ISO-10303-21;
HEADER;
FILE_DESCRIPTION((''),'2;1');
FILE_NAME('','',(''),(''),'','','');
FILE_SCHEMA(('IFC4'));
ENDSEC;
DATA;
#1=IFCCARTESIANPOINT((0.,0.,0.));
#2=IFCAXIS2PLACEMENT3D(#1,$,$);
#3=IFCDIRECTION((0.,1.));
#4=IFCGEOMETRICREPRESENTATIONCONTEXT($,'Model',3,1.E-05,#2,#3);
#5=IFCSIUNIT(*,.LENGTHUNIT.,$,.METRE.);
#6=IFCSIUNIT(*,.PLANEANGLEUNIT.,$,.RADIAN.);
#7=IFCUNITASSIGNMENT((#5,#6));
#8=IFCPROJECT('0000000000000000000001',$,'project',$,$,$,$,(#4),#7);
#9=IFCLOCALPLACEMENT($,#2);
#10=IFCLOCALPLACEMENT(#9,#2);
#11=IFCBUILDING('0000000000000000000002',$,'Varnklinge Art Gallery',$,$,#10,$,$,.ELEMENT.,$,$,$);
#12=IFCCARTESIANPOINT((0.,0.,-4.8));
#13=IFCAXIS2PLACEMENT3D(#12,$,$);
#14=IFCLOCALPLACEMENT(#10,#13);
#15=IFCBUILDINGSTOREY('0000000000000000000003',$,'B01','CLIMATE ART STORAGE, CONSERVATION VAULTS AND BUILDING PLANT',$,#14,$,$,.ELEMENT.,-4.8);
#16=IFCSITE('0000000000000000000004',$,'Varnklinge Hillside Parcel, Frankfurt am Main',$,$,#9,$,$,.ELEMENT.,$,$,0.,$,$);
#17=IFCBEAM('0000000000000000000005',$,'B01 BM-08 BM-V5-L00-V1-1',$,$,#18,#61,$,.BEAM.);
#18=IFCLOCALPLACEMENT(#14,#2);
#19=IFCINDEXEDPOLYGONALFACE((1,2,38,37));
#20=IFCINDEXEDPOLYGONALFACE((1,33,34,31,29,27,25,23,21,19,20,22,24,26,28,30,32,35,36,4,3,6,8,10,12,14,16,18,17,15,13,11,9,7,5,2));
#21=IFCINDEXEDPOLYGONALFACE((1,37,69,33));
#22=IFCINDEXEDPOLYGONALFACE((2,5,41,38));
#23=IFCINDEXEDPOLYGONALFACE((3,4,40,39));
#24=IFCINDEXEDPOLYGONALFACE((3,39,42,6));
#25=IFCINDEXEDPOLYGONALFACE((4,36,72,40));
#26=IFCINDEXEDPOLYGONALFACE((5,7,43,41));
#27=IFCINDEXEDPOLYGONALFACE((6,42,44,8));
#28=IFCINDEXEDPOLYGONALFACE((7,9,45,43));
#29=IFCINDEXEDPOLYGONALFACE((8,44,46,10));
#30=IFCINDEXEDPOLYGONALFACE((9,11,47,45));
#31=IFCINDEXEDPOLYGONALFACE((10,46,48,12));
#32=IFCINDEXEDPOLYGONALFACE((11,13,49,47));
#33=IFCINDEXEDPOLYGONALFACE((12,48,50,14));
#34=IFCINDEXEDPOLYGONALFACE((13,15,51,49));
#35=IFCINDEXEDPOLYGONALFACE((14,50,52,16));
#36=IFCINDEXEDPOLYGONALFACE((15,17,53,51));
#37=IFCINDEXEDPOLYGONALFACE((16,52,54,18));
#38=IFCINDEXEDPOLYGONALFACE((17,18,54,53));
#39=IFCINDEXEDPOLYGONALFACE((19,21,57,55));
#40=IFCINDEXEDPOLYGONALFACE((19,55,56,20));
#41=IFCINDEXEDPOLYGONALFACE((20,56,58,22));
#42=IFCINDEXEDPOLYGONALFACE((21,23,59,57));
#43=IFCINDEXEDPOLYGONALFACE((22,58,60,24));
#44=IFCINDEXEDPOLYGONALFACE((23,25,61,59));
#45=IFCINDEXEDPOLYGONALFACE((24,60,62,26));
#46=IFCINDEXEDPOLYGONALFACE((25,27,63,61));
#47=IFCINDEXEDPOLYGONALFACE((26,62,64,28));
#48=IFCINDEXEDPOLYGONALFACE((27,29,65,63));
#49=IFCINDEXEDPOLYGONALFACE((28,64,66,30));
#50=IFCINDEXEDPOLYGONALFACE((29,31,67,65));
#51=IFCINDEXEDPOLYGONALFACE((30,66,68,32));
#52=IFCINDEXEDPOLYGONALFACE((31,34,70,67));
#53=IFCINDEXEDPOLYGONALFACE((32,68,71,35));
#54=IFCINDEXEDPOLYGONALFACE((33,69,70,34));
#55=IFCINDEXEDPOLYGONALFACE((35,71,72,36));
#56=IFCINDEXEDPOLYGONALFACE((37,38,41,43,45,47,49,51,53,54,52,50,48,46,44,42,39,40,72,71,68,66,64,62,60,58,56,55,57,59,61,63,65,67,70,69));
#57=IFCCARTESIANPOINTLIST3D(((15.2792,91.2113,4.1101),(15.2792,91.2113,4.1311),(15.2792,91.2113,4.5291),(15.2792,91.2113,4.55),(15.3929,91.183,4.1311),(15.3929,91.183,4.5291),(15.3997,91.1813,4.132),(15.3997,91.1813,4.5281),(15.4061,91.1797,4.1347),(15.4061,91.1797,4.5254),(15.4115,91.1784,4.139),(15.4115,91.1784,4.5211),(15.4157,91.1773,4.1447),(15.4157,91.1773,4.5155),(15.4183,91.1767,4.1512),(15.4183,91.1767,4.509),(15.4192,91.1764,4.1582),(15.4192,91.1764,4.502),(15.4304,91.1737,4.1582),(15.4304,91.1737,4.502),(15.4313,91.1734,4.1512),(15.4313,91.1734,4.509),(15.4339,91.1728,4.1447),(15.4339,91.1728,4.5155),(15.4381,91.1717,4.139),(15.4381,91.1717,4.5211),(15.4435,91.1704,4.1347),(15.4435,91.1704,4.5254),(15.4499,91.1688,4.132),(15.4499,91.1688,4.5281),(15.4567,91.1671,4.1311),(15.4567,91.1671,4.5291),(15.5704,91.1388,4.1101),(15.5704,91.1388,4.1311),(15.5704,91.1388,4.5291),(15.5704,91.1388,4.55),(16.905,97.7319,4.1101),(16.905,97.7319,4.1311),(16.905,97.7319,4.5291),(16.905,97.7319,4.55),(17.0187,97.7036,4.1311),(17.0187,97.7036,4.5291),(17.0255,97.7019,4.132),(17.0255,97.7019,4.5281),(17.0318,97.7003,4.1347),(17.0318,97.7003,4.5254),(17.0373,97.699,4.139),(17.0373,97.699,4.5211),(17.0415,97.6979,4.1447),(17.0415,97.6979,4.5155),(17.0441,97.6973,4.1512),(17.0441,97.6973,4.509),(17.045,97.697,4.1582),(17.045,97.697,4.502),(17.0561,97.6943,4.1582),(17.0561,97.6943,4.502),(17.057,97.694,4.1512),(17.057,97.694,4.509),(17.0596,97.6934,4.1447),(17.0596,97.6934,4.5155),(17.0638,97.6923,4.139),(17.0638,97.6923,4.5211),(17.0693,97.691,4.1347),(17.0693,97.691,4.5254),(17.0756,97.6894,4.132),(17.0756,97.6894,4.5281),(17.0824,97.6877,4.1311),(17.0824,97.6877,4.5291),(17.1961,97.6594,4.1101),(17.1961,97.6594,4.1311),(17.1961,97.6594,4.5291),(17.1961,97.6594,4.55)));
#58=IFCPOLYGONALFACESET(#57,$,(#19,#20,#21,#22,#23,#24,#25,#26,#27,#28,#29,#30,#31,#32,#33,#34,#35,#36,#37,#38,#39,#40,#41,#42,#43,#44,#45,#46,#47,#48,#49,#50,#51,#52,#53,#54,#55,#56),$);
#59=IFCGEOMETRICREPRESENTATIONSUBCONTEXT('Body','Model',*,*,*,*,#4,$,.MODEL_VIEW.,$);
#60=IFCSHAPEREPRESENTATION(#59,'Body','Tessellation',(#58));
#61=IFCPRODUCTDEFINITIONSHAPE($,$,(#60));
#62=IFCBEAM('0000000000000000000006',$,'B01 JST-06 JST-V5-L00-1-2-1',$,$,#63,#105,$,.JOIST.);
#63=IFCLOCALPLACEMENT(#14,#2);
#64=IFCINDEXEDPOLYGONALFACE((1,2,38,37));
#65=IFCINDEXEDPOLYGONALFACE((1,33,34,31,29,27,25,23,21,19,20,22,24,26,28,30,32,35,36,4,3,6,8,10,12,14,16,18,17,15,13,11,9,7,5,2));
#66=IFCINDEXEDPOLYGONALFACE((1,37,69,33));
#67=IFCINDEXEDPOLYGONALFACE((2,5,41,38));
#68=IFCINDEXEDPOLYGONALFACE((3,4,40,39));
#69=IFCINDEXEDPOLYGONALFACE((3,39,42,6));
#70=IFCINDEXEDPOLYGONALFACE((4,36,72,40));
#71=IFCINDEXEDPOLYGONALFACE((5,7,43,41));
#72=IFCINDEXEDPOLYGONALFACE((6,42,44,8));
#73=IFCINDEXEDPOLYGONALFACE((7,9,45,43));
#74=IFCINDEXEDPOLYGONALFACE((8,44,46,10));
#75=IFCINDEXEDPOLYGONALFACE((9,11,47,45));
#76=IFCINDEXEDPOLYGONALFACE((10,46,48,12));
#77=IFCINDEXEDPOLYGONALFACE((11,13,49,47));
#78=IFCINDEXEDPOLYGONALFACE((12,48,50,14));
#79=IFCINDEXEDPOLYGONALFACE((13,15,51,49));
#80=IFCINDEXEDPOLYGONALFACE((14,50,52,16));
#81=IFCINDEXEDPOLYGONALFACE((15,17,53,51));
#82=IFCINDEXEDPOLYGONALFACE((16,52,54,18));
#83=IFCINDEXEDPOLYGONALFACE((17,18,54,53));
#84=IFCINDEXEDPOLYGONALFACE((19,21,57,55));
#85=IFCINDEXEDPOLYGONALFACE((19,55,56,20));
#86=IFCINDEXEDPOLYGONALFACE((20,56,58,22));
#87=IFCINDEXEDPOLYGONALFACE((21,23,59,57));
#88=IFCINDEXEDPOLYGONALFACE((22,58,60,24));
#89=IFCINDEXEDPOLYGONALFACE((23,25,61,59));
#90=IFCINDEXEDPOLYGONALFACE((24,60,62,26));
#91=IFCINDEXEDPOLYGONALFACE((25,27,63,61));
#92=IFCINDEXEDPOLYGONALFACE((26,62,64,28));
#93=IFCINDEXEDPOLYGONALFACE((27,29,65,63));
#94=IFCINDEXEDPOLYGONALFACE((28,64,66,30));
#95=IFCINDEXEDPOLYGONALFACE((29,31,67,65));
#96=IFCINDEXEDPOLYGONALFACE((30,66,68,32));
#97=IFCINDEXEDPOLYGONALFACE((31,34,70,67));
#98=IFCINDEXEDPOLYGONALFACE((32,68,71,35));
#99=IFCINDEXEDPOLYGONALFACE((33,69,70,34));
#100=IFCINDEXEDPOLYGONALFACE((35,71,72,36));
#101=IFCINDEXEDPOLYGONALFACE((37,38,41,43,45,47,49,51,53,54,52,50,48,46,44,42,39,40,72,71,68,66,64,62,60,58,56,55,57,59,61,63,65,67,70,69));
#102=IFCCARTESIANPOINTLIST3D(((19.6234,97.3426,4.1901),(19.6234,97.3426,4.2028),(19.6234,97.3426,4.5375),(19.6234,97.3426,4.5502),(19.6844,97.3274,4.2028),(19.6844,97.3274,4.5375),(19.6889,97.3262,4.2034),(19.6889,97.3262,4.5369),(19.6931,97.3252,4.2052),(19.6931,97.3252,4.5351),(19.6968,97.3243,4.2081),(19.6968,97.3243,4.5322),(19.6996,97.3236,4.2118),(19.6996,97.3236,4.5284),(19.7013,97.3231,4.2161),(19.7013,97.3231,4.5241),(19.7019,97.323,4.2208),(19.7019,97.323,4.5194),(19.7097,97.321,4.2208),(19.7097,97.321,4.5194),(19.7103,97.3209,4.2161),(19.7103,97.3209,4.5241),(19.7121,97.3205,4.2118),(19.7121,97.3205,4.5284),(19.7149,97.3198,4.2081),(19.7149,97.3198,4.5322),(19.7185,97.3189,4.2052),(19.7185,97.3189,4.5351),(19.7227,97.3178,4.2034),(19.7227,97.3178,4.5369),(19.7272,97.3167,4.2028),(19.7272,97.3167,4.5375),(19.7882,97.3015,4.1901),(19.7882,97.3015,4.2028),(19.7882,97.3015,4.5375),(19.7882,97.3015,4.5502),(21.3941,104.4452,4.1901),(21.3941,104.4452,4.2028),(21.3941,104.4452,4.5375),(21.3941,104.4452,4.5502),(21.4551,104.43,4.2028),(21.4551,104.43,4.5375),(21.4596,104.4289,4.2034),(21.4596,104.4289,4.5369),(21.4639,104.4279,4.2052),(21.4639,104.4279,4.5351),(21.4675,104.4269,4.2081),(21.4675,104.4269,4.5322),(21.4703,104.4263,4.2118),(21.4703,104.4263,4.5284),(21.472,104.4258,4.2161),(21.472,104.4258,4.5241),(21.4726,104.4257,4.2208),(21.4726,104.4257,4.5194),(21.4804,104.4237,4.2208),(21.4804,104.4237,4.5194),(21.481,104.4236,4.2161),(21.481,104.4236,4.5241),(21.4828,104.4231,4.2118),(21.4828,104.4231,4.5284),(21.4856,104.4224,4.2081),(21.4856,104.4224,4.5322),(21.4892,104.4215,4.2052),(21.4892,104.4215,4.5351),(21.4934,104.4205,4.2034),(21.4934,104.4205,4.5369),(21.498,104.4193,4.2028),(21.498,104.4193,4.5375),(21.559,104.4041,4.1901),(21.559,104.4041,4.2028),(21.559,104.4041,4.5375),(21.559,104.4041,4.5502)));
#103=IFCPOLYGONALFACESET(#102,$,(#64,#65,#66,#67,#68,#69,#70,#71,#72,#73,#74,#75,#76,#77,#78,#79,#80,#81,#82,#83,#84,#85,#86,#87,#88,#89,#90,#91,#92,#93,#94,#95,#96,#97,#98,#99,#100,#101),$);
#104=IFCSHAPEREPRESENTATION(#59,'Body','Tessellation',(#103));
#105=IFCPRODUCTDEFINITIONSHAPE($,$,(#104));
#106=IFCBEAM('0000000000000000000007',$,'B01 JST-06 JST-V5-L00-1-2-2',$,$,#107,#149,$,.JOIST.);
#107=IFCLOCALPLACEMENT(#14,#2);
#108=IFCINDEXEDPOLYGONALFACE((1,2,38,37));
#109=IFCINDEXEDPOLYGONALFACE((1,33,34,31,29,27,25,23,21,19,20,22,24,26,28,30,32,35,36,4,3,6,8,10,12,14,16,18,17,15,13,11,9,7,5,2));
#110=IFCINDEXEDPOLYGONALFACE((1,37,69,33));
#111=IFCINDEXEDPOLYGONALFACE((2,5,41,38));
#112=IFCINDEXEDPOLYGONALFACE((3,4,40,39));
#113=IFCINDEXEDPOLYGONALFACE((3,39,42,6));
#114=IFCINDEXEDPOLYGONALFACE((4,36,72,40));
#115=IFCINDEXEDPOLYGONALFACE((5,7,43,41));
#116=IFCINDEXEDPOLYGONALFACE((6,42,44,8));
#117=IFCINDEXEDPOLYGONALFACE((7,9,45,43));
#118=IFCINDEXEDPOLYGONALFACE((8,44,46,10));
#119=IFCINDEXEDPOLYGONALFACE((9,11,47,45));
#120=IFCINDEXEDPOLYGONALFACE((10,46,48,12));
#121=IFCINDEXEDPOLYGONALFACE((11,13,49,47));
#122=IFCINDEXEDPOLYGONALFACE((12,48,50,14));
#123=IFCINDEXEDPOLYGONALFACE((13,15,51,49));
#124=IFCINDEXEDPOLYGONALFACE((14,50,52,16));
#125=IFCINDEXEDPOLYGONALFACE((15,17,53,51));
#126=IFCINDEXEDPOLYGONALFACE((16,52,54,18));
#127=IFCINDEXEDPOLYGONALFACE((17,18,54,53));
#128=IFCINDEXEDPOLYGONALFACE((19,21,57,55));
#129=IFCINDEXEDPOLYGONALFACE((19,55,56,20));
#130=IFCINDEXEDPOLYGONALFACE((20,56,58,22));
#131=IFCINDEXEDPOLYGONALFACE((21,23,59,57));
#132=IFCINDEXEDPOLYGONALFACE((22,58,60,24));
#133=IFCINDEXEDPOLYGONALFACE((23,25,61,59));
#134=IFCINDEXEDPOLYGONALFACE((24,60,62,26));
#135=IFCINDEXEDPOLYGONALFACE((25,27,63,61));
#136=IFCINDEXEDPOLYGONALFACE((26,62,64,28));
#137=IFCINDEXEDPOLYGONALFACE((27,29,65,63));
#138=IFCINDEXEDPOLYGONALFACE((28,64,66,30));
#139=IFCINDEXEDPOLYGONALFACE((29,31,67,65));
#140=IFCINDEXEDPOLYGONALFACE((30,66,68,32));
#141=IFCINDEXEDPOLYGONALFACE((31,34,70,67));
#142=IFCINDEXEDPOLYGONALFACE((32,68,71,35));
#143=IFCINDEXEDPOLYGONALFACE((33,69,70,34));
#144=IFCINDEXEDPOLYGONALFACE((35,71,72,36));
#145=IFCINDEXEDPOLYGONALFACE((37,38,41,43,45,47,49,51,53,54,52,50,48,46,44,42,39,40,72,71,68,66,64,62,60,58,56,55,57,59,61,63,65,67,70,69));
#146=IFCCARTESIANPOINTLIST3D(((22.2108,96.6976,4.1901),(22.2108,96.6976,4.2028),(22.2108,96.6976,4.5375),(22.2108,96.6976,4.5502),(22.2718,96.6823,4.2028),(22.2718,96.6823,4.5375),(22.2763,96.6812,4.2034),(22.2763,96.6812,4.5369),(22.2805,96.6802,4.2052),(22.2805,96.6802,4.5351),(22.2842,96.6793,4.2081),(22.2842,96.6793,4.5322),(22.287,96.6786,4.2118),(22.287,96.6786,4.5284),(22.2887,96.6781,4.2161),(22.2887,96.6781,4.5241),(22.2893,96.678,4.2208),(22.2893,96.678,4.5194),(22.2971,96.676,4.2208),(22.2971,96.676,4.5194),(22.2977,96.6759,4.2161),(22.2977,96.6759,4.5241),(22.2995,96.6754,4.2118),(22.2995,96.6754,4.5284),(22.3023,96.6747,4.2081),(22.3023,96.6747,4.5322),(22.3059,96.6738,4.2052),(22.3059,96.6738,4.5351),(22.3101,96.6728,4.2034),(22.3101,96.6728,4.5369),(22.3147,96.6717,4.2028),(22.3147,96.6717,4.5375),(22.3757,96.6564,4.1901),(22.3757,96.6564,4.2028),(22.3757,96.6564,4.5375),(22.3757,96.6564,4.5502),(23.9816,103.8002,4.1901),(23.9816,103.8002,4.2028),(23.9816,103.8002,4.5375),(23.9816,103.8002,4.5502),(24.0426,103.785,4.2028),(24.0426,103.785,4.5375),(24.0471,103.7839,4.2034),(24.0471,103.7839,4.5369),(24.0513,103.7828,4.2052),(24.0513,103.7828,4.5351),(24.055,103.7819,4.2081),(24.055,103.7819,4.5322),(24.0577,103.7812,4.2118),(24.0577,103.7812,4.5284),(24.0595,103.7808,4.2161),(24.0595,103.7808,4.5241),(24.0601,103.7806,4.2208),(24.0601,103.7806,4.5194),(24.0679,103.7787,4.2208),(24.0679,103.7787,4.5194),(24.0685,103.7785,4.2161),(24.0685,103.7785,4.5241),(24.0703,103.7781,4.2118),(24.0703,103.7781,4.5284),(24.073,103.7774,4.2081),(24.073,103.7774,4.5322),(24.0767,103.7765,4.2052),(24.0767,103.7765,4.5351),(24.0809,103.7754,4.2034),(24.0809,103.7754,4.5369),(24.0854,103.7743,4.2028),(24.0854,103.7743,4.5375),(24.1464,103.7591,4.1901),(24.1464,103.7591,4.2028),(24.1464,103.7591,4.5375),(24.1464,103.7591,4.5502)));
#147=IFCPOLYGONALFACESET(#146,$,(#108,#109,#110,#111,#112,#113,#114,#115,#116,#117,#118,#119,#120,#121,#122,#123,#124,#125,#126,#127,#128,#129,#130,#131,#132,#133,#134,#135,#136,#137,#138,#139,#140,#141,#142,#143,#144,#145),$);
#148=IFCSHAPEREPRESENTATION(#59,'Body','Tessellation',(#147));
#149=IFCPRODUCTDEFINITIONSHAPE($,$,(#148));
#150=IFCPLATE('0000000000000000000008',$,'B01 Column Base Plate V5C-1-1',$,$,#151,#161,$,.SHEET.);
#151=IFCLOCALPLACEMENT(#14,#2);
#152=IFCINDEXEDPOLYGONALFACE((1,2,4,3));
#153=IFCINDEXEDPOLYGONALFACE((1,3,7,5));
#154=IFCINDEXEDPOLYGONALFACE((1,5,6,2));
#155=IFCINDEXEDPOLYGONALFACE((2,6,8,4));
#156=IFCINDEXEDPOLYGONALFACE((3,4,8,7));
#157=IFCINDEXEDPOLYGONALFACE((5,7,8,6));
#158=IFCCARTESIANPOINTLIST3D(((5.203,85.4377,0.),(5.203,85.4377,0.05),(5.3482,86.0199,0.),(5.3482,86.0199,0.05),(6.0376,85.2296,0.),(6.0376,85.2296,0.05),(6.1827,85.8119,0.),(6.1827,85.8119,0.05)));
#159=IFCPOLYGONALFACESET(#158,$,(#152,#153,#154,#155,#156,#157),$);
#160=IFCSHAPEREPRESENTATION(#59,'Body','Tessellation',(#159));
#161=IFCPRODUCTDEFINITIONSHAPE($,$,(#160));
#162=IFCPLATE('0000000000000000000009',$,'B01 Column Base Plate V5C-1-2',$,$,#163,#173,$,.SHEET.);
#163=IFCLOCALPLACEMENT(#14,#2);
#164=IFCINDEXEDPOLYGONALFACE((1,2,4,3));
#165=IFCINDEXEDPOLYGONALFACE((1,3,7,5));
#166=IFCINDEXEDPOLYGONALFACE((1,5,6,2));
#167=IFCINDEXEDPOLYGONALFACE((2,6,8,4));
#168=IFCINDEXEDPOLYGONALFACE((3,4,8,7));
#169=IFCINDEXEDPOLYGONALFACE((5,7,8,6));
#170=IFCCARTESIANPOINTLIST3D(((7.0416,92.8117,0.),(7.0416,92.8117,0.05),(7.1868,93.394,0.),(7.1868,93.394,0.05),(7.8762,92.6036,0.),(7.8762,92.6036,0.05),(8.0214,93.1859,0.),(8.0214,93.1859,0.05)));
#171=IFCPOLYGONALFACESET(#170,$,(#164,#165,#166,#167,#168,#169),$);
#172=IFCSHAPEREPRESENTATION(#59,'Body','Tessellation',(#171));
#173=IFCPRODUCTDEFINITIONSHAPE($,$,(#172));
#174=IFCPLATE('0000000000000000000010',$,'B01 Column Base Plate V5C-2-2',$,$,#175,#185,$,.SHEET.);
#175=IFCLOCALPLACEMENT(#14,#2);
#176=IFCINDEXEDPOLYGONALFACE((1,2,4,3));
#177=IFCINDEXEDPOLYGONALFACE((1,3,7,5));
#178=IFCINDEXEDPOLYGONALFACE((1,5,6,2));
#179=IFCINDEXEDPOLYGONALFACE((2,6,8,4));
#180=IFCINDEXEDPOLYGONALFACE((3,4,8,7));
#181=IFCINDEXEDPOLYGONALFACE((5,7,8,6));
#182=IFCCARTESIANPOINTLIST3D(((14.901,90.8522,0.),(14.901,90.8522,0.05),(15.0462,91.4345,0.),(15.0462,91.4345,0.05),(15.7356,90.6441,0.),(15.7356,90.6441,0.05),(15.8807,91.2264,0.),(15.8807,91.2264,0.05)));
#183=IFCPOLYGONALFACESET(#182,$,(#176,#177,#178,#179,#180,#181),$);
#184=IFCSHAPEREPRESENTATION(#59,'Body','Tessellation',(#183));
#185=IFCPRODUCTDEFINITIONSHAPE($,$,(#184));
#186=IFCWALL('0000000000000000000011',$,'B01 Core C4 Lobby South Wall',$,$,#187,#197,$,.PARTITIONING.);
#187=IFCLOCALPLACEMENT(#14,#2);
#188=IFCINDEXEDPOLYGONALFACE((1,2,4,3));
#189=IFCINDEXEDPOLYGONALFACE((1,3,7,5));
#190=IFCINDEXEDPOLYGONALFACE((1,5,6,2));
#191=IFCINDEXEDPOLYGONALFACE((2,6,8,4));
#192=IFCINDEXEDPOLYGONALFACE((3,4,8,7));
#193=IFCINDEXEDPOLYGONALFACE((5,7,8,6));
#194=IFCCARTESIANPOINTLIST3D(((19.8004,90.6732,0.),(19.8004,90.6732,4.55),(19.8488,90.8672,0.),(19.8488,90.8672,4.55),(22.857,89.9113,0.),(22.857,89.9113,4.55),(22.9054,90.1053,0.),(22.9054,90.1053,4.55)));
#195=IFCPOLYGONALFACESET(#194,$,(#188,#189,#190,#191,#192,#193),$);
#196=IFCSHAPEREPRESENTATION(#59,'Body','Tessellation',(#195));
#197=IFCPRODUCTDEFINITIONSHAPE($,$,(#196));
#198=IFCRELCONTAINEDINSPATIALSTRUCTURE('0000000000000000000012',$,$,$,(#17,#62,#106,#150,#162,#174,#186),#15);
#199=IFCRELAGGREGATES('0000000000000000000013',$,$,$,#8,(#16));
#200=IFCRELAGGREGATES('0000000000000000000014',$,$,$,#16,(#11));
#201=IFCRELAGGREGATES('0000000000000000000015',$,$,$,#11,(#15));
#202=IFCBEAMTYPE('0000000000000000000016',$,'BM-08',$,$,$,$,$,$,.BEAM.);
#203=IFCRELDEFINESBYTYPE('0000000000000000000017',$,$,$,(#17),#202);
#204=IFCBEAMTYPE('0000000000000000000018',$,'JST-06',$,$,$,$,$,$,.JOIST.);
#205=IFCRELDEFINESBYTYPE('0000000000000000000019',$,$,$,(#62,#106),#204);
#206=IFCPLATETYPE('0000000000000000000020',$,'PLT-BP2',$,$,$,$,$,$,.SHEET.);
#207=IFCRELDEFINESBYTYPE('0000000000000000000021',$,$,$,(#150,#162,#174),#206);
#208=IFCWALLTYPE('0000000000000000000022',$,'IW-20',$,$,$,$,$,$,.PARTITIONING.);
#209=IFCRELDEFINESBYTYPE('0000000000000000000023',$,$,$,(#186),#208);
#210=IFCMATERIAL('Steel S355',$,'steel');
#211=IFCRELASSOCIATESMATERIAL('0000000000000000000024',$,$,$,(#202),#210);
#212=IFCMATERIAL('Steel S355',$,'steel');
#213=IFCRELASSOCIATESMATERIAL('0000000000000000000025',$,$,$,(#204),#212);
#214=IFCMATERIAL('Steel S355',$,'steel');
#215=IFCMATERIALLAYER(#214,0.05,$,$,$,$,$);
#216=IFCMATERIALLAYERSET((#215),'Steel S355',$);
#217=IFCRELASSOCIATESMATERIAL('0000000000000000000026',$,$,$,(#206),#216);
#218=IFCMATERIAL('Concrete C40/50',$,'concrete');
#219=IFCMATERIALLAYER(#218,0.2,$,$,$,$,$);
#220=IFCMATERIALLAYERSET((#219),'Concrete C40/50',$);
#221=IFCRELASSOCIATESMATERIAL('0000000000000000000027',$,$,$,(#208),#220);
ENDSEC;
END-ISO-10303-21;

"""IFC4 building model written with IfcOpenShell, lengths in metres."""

from ifc_helpers import new_model, si_unit, direction, frame, frame_2d, origin, origin_2d, place, context, subcontext, project, spatial, rectangle, i_section, extrude, material, layer, layer_set, material_profile, profile_set, type_object, element, save


model = new_model("IFC4")

# Units and contexts
model_context = context("Model", 3, precision=1e-05, world=origin(), true_north=direction((0.0, 1.0)))
body_context = subcontext(model_context, "Body", "Model", "MODEL_VIEW")
ifc_project = project(units=[si_unit("LENGTHUNIT", "METRE"), si_unit("PLANEANGLEUNIT", "RADIAN")], contexts=[model_context])

# Site, building, storey
site_placement = place(None, origin())
site = spatial("IfcSite", under=ifc_project, at=site_placement, Name="Varnklinge Hillside Parcel, Frankfurt am Main", CompositionType="ELEMENT", RefElevation=0.0)
building_placement = place(site_placement, origin())
building = spatial("IfcBuilding", under=site, at=building_placement, Name="Varnklinge Art Gallery", CompositionType="ELEMENT")
storey_placement = place(building_placement, frame((0.0, 0.0, -4.8)))
storey = spatial("IfcBuildingStorey", under=building, at=storey_placement, Name="B01", Description="CLIMATE ART STORAGE, CONSERVATION VAULTS AND BUILDING PLANT", CompositionType="ELEMENT", Elevation=-4.8)

# Beams
ifc_material_1 = material(Name="Steel S355", Category="steel")
ifc_material_profile_1 = material_profile(ifc_material_1, i_section(OverallWidth=0.3, OverallDepth=0.4399, WebThickness=0.0115, FlangeThickness=0.021, FilletRadius=0.0271, at=origin_2d()), Name="HEA 450")
ifc_profile_set_1 = profile_set([ifc_material_profile_1], Name="Steel S355")
beam_type_1 = type_object("IfcBeamType", Name="BM-08", PredefinedType="BEAM", material=ifc_profile_set_1)
for number, where, z_axis, x_axis, name in (
    (1, (15.4248, 91.175, 4.3301), (0.24192, 0.970296, 0.0), (-0.970296, 0.24192, 0.0), "B01 BM-08 BM-V5-L00-V1-1"),
):
    element("IfcBeam", number, at=place(storey_placement, frame(where, z_axis=z_axis, x_axis=x_axis)), inside=storey, type_object=beam_type_1, Name=name, PredefinedType="BEAM", context=body_context, shape_type="SweptSolid", body=[
        extrude(i_section(OverallWidth=0.3, OverallDepth=0.4399, WebThickness=0.0115, FlangeThickness=0.021, FilletRadius=0.0271, at=origin_2d()), origin(), (0.0, 0.0, 1.0), 6.7202),
    ])
ifc_material_2 = material(Name="Steel S355", Category="steel")
ifc_material_profile_2 = material_profile(ifc_material_2, i_section(OverallWidth=0.1699, OverallDepth=0.3601, WebThickness=0.0081, FlangeThickness=0.0127, FilletRadius=0.0181, at=origin_2d()), Name="IPE 360")
ifc_profile_set_2 = profile_set([ifc_material_profile_2], Name="Steel S355")
beam_type_2 = type_object("IfcBeamType", Name="JST-06", PredefinedType="JOIST", material=ifc_profile_set_2)
for number, where, z_axis, x_axis, name in (
    (2, (19.7058, 97.322, 4.3701), (0.2419, 0.970301, 0.0), (-0.970301, 0.2419, 0.0), "B01 JST-06 JST-V5-L00-1-2-1"),
    (3, (22.2932, 96.677, 4.3701), (0.241908, 0.970299, 0.0), (-0.970299, 0.241908, 0.0), "B01 JST-06 JST-V5-L00-1-2-2"),
):
    element("IfcBeam", number, at=place(storey_placement, frame(where, z_axis=z_axis, x_axis=x_axis)), inside=storey, type_object=beam_type_2, Name=name, PredefinedType="JOIST", context=body_context, shape_type="SweptSolid", body=[
        extrude(i_section(OverallWidth=0.1699, OverallDepth=0.3601, WebThickness=0.0081, FlangeThickness=0.0127, FilletRadius=0.0181, at=origin_2d()), origin(), (0.0, 0.0, 1.0), 7.3201),
    ])

# Plates
ifc_material_3 = material(Name="Steel S355", Category="steel")
ifc_layer_1 = layer(ifc_material_3, 0.05)
ifc_layer_set_1 = layer_set([ifc_layer_1], Name="Steel S355")
plate_type = type_object("IfcPlateType", Name="PLT-BP2", PredefinedType="SHEET", material=ifc_layer_set_1)
for number, where, z_axis, x_axis, name in (
    (4, (5.6929, 85.6248, 0.0), (0.0, 0.0, 1.0), (0.970296, -0.241922, 0.0), "B01 Column Base Plate V5C-1-1"),
    (5, (7.5315, 92.9988, 0.0), (0.0, 0.0, 1.0), (0.970296, -0.241922, 0.0), "B01 Column Base Plate V5C-1-2"),
    (6, (15.3909, 91.0393, 0.0), (0.0, 0.0, 1.0), (0.970296, -0.241922, 0.0), "B01 Column Base Plate V5C-2-2"),
):
    element("IfcPlate", number, at=place(storey_placement, frame(where, z_axis=z_axis, x_axis=x_axis)), inside=storey, type_object=plate_type, Name=name, PredefinedType="SHEET", context=body_context, shape_type="SweptSolid", body=[
        extrude(rectangle(XDim=0.8601, YDim=0.6001, at=origin_2d()), origin(), (0.0, 0.0, 1.0), 0.05),
    ])

# Wall
ifc_material_4 = material(Name="Concrete C40/50", Category="concrete")
ifc_layer_2 = layer(ifc_material_4, 0.2)
ifc_layer_set_2 = layer_set([ifc_layer_2], Name="Concrete C40/50")
wall_type_1 = type_object("IfcWallType", Name="IW-20", PredefinedType="PARTITIONING", material=ifc_layer_set_2)
wall_1_placement = place(storey_placement, frame((19.8245, 90.7703, 0.0), z_axis=(0.0, 0.0, 1.0), x_axis=(0.970306, -0.241879, 0.0)))
element("IfcWall", 7, at=wall_1_placement, inside=storey, type_object=wall_type_1, Name="B01 Core C4 Lobby South Wall", PredefinedType="PARTITIONING", context=body_context, shape_type="SweptSolid", body=[
    extrude(rectangle(XDim=3.1501, YDim=0.2, at=frame_2d((1.5752, 0.0))), origin(), (0.0, 0.0, 1.0), 4.55),
])

save(model, "model.ifc")
